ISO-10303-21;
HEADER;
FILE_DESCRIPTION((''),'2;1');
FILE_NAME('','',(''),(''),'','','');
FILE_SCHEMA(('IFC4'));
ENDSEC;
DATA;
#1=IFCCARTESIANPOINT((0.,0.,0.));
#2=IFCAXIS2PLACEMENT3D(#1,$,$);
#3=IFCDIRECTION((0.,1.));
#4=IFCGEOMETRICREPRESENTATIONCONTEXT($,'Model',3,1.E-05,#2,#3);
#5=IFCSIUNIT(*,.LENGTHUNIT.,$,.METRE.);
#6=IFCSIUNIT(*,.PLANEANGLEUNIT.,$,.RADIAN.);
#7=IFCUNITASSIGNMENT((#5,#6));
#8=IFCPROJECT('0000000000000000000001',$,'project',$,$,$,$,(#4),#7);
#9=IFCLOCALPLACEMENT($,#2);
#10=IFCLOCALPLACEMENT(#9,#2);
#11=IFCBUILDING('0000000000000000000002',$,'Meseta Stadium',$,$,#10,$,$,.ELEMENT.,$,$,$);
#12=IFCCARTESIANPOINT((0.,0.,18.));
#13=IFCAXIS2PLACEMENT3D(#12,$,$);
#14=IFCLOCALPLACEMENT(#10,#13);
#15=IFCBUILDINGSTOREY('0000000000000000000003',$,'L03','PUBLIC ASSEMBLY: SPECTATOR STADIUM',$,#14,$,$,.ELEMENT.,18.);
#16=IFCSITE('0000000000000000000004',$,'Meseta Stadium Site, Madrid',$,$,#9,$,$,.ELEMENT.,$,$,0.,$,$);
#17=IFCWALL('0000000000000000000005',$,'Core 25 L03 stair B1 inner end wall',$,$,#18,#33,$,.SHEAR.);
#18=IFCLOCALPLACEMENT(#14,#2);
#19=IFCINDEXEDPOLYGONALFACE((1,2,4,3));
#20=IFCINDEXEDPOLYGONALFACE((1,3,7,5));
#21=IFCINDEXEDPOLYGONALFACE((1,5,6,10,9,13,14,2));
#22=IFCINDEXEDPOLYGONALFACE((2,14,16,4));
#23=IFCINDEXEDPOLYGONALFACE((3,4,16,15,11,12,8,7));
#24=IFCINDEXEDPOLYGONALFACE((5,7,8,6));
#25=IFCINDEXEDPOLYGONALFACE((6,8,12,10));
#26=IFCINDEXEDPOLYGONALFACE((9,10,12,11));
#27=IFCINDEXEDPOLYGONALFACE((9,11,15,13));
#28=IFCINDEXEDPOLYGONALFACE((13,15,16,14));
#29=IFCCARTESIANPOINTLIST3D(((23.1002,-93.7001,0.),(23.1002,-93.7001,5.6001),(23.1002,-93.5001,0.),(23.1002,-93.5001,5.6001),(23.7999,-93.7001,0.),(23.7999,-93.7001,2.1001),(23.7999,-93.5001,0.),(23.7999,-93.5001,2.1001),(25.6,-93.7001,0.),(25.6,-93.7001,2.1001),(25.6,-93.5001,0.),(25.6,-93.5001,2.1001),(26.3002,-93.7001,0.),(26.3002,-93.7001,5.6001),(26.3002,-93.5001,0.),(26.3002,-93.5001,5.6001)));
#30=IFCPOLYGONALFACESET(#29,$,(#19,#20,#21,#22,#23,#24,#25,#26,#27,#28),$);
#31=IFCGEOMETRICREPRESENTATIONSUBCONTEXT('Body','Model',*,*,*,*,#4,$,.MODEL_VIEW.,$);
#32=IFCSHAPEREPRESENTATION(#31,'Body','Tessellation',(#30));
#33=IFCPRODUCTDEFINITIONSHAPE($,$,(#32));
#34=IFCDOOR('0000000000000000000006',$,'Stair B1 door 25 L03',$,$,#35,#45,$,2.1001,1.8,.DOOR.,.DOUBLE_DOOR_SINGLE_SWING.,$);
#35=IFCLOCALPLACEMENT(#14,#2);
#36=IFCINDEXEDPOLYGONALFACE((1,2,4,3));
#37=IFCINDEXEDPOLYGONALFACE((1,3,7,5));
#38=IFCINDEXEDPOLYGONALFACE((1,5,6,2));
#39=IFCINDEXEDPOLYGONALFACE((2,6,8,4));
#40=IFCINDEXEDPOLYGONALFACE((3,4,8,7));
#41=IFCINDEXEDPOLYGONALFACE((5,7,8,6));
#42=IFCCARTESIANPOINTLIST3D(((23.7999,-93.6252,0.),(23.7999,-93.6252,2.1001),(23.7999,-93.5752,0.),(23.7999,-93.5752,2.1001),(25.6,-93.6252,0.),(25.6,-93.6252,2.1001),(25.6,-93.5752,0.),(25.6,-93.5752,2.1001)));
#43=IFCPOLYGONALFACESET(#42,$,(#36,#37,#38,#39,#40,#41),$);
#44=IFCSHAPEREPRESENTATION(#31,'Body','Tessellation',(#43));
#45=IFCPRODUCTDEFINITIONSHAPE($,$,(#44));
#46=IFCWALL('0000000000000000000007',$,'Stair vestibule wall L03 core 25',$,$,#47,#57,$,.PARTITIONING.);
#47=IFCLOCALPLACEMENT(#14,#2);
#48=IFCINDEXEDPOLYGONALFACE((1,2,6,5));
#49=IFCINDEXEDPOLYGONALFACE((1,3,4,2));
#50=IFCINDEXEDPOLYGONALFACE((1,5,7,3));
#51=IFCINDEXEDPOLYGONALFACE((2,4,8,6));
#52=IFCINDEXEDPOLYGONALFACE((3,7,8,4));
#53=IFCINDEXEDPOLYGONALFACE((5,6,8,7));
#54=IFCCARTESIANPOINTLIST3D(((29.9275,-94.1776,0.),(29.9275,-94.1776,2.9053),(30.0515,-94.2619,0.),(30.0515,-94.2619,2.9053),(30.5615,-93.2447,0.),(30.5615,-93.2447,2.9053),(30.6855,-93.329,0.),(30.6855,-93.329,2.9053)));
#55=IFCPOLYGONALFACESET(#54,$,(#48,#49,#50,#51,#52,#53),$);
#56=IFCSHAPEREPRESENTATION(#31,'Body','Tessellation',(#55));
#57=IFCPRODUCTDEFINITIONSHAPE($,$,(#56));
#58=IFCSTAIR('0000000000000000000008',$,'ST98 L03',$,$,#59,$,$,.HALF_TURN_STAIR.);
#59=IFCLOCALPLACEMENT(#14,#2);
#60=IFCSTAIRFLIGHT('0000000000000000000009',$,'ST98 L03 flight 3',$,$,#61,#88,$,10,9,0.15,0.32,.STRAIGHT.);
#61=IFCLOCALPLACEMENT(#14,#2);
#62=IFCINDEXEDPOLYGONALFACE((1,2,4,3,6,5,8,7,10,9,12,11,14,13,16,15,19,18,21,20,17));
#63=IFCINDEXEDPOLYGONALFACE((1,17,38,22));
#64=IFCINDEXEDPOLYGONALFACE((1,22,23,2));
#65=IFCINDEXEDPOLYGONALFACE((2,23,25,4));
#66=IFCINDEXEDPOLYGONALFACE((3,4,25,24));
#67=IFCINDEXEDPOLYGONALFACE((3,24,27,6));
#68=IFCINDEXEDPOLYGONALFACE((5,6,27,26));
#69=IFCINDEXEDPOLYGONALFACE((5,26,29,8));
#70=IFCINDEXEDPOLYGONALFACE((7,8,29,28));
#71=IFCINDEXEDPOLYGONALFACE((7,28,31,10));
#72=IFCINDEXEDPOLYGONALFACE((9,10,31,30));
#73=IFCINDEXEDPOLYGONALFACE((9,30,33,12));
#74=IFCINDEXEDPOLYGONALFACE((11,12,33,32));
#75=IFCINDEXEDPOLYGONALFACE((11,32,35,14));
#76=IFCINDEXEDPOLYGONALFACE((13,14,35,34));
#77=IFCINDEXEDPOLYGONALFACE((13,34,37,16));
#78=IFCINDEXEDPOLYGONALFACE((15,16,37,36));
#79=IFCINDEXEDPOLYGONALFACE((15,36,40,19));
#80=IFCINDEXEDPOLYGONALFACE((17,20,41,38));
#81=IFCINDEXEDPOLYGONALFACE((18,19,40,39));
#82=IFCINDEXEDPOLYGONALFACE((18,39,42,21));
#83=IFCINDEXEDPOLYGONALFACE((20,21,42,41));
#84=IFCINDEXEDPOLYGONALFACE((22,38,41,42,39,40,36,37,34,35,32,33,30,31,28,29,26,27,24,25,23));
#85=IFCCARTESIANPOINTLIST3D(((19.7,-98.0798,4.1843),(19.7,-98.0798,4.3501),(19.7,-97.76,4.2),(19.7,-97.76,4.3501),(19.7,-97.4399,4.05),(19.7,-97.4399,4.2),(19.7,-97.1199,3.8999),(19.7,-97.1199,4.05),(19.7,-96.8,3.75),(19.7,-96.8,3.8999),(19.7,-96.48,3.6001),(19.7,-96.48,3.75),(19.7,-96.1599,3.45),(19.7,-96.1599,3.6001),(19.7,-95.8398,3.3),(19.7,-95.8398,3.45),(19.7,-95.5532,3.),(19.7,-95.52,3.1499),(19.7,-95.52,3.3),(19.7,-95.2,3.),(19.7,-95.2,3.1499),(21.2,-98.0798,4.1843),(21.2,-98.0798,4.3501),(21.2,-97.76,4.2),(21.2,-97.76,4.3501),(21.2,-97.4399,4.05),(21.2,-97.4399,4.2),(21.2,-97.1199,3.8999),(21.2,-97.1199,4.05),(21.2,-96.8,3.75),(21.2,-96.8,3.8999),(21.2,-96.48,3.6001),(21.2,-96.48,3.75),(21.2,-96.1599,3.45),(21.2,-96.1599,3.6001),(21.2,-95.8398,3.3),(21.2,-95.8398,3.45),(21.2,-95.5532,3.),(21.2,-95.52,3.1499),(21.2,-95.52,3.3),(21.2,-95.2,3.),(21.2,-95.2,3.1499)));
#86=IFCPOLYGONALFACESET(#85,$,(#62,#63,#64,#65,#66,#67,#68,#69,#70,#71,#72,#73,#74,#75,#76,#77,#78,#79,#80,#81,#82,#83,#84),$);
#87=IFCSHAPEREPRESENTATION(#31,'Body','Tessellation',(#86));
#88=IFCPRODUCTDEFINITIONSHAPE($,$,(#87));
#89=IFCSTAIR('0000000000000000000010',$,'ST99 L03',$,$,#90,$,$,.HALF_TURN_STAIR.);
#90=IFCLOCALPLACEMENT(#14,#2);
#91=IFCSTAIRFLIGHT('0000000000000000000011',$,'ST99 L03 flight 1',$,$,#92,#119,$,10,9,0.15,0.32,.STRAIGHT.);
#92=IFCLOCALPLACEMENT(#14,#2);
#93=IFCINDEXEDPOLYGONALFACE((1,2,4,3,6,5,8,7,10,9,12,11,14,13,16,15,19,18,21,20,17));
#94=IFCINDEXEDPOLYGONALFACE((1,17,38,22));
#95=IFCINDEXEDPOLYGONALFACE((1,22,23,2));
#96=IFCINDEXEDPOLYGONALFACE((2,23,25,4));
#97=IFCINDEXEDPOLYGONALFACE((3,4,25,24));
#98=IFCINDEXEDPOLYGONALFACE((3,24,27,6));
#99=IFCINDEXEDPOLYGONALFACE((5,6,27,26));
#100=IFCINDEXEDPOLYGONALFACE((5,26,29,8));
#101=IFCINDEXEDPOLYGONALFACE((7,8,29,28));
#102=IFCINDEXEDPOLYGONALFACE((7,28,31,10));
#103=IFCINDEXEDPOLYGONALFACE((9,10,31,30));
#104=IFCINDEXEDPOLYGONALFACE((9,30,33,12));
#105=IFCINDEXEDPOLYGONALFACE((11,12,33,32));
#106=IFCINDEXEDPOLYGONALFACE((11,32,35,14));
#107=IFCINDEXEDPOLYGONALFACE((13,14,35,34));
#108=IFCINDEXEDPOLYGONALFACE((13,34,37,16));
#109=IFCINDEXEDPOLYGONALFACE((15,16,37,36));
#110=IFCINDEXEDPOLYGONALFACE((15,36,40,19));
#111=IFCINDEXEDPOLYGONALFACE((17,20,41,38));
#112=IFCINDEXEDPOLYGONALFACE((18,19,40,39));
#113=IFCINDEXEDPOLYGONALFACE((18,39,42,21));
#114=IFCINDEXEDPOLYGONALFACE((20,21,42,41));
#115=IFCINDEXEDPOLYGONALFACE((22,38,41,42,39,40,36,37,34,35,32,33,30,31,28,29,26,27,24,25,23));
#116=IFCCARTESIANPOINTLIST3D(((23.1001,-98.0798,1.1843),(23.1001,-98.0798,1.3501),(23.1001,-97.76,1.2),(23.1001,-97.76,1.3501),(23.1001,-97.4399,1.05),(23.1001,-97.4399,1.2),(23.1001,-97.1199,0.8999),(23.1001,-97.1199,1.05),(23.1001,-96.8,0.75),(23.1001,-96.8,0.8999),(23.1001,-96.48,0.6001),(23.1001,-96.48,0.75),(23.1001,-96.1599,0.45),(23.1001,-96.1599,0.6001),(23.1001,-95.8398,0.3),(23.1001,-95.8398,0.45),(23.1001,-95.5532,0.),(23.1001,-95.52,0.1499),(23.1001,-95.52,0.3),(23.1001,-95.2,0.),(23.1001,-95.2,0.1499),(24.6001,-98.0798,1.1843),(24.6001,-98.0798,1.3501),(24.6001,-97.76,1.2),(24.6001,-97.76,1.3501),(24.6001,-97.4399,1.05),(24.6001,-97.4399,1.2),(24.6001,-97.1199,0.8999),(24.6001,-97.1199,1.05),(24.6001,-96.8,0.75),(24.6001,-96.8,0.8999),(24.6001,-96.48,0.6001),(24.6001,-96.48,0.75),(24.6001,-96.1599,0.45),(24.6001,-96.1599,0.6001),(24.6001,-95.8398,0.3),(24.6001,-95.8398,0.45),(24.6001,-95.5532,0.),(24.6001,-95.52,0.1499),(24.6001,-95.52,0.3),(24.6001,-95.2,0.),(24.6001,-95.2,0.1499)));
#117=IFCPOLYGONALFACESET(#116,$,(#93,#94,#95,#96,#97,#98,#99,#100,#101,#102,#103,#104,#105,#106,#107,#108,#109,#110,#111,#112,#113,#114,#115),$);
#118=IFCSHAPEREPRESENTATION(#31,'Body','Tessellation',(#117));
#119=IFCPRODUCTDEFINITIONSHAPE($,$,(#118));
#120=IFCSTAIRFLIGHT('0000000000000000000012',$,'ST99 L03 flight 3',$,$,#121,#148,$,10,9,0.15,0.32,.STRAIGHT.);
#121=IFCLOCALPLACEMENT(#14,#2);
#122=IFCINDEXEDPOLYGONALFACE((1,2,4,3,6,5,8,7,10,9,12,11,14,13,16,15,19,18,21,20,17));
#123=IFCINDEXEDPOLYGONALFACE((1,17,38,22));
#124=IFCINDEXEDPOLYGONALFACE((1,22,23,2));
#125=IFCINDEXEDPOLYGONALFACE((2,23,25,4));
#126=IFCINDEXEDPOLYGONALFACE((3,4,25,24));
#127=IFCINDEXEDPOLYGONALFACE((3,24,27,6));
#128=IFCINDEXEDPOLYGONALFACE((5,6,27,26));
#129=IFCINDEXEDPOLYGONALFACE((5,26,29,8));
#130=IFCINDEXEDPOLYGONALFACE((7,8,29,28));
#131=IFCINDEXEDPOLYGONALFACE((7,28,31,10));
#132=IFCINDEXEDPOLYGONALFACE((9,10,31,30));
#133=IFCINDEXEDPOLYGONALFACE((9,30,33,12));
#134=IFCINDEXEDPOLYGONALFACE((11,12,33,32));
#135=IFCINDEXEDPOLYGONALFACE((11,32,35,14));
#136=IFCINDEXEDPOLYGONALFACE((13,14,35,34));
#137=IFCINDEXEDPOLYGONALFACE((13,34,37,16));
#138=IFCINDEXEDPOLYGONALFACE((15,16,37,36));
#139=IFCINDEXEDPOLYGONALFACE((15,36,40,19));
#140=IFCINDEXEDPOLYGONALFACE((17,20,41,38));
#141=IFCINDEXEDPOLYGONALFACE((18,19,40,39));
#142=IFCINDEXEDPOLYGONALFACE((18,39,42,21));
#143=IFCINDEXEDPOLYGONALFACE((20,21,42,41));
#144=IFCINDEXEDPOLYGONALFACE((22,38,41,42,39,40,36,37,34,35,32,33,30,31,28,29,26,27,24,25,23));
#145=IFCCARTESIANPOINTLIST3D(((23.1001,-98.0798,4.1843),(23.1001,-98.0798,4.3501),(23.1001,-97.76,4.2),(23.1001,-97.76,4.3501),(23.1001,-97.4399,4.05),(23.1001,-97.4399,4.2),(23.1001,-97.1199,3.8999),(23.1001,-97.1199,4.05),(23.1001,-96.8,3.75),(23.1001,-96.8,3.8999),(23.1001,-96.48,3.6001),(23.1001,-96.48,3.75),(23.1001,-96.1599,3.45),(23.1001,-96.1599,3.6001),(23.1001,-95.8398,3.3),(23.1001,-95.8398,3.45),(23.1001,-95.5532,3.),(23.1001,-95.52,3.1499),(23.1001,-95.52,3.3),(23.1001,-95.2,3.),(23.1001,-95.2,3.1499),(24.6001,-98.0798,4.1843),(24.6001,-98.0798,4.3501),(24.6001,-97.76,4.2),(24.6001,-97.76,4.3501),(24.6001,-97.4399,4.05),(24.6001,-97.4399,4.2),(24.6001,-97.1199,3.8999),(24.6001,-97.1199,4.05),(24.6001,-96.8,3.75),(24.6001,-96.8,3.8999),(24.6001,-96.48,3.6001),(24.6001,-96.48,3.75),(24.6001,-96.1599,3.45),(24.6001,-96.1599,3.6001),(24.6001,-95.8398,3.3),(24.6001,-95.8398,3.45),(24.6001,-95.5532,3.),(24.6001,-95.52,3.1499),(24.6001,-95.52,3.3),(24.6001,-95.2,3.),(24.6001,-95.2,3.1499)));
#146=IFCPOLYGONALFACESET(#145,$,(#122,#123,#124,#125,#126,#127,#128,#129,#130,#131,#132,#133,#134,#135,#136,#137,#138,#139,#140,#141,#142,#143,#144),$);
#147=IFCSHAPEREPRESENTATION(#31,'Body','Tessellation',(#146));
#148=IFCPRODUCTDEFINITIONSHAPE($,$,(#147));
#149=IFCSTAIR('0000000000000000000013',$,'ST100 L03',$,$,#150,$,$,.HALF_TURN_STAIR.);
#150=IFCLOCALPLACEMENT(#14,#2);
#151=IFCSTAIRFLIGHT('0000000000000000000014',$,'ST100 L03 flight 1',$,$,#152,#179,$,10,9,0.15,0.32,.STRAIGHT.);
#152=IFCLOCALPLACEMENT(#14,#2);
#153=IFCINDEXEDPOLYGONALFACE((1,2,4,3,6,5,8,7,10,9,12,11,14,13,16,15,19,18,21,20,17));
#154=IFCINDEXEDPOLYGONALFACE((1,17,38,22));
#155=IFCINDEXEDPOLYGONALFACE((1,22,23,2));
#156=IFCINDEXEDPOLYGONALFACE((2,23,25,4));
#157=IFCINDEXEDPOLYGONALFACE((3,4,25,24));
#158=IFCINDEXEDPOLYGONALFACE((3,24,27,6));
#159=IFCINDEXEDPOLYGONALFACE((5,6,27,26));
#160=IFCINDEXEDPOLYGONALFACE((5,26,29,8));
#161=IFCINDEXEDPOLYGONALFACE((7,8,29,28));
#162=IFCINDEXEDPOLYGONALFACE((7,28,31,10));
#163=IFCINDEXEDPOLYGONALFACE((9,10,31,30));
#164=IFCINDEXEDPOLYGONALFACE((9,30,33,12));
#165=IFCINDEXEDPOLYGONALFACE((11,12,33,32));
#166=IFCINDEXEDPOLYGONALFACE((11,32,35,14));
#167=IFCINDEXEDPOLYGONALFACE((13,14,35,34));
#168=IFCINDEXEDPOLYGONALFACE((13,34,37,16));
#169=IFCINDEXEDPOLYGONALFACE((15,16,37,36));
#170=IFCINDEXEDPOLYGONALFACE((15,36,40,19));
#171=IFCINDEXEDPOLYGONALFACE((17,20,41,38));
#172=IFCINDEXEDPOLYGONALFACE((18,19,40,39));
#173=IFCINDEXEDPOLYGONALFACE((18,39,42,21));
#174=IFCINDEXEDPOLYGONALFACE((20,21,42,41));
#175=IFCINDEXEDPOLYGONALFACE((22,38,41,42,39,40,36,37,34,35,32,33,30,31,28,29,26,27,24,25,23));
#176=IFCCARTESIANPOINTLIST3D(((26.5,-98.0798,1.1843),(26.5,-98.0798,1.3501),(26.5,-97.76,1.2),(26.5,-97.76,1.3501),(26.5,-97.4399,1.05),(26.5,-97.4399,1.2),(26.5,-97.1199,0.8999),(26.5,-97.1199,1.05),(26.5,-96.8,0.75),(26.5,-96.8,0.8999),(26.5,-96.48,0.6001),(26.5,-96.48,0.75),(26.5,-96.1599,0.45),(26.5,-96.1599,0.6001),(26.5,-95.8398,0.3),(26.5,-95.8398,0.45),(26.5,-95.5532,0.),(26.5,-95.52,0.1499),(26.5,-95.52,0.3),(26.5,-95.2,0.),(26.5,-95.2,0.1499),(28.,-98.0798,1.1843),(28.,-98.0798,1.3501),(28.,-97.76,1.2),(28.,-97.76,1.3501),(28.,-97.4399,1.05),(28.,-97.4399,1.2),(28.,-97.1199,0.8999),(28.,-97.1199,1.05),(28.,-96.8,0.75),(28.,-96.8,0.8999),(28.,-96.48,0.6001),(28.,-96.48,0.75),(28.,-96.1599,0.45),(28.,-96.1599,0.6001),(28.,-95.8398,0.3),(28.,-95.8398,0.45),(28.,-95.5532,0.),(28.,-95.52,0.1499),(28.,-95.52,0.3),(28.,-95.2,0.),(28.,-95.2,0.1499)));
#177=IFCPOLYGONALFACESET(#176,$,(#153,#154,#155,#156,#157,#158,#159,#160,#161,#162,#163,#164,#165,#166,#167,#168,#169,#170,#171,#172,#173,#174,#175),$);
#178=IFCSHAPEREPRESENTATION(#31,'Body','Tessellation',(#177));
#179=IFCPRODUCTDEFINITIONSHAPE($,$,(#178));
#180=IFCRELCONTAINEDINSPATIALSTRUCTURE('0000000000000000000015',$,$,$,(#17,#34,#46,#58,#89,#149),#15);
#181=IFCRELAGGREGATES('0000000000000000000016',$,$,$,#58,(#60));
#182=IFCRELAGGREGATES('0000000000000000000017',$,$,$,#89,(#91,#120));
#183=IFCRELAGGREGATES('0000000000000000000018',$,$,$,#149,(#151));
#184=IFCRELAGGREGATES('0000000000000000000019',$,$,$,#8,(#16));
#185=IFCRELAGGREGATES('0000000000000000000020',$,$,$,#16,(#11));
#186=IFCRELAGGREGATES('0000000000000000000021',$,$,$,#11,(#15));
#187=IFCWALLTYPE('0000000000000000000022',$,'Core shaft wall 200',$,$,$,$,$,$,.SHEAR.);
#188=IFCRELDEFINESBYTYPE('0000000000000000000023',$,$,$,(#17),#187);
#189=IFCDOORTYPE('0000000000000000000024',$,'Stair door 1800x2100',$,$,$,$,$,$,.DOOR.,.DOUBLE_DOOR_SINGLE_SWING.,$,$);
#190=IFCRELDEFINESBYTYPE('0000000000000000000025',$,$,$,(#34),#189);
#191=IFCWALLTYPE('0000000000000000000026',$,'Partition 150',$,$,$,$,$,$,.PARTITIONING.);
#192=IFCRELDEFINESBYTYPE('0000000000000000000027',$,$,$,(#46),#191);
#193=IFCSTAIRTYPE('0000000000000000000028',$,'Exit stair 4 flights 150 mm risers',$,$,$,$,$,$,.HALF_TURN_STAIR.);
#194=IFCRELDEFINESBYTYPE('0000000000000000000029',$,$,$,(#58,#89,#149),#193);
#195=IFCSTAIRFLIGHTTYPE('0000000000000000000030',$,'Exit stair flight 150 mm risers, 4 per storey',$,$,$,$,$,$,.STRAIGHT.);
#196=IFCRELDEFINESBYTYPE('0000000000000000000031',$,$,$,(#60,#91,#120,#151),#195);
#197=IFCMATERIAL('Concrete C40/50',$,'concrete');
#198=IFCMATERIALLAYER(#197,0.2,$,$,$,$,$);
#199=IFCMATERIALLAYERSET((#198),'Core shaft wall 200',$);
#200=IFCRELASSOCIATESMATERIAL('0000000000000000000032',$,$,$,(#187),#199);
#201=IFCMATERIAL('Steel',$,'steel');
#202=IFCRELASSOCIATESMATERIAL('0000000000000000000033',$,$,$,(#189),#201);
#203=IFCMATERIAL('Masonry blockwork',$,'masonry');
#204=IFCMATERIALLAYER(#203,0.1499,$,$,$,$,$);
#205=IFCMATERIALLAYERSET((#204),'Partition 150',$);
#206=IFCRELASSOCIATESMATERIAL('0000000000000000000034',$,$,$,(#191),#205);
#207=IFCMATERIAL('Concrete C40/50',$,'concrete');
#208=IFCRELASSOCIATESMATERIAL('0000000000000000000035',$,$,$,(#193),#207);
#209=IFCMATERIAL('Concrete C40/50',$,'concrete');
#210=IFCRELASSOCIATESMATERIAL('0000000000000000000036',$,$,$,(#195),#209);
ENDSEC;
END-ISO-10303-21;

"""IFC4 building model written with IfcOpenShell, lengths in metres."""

from ifc_helpers import new_model, si_unit, direction, frame, frame_2d, origin, place, context, subcontext, project, spatial, polyline, rectangle, outline, extrude, material, layer, layer_set, type_object, element, fill, aggregate, save


model = new_model("IFC4")

# Units and contexts
model_context = context("Model", 3, precision=1e-05, world=origin(), true_north=direction((0.0, 1.0)))
body_context = subcontext(model_context, "Body", "Model", "MODEL_VIEW")
ifc_project = project(units=[si_unit("LENGTHUNIT", "METRE"), si_unit("PLANEANGLEUNIT", "RADIAN")], contexts=[model_context])

# Site, building, storey
site_placement = place(None, origin())
site = spatial("IfcSite", under=ifc_project, at=site_placement, Name="Meseta Stadium Site, Madrid", CompositionType="ELEMENT", RefElevation=0.0)
building_placement = place(site_placement, origin())
building = spatial("IfcBuilding", under=site, at=building_placement, Name="Meseta Stadium", CompositionType="ELEMENT")
storey_placement = place(building_placement, frame((0.0, 0.0, 18.0)))
storey = spatial("IfcBuildingStorey", under=building, at=storey_placement, Name="L03", Description="PUBLIC ASSEMBLY: SPECTATOR STADIUM", CompositionType="ELEMENT", Elevation=18.0)

# Wall, opening, door
ifc_material_1 = material(Name="Concrete C40/50", Category="concrete")
ifc_layer_1 = layer(ifc_material_1, 0.2)
ifc_layer_set_1 = layer_set([ifc_layer_1], Name="Core shaft wall 200")
wall_type_1 = type_object("IfcWallType", Name="Core shaft wall 200", PredefinedType="SHEAR", material=ifc_layer_set_1)
wall_1_placement = place(storey_placement, frame((23.1001, -93.6001, 0.0), z_axis=(0.0, 0.0, 1.0), x_axis=(1.0, 0.0, 0.0)))
wall_1 = element("IfcWall", 1, at=wall_1_placement, inside=storey, type_object=wall_type_1, Name="Core 25 L03 stair B1 inner end wall", PredefinedType="SHEAR", context=body_context, shape_type="SweptSolid", body=[
    extrude(rectangle(XDim=3.2, YDim=0.2, at=frame_2d((1.6001, 0.0))), origin(), (0.0, 0.0, 1.0), 5.6001),
])
opening_placement = place(wall_1_placement, frame((0.7, 0.0, 0.0)))
opening = element("IfcOpeningElement", 2, at=opening_placement, cuts=wall_1, PredefinedType="OPENING", context=body_context, shape_type="SweptSolid", body=[
    extrude(rectangle(XDim=1.8, YDim=2.1001, at=frame_2d((0.8999, 1.05))), frame((0.0, 0.1099, 0.0), z_axis=(0.0, -1.0, 0.0), x_axis=(1.0, 0.0, 0.0)), (0.0, 0.0, 1.0), 0.22),
])
ifc_material_2 = material(Name="Steel", Category="steel")
door_type = type_object("IfcDoorType", Name="Stair door 1800x2100", OperationType="DOUBLE_DOOR_SINGLE_SWING", PredefinedType="DOOR", material=ifc_material_2)
door_placement = place(opening_placement, origin())
door = element("IfcDoor", 3, at=door_placement, inside=storey, type_object=door_type, Name="Stair B1 door 25 L03", OperationType="DOUBLE_DOOR_SINGLE_SWING", OverallHeight=2.1001, OverallWidth=1.8, PredefinedType="DOOR", context=body_context, shape_type="SweptSolid", body=[
    extrude(rectangle(XDim=1.8, YDim=2.1001, at=frame_2d((0.8999, 1.05))), frame((0.0, 0.0249, 0.0), z_axis=(0.0, -1.0, 0.0), x_axis=(1.0, 0.0, 0.0)), (0.0, 0.0, 1.0), 0.05),
])
fill(opening, door)

# Wall
ifc_material_3 = material(Name="Masonry blockwork", Category="masonry")
ifc_layer_2 = layer(ifc_material_3, 0.1499)
ifc_layer_set_2 = layer_set([ifc_layer_2], Name="Partition 150")
wall_type_2 = type_object("IfcWallType", Name="Partition 150", PredefinedType="PARTITIONING", material=ifc_layer_set_2)
wall_2_placement = place(storey_placement, frame((29.9895, -94.2197, 0.0), z_axis=(0.0, 0.0, 1.0), x_axis=(0.562121, 0.827055, 0.0)))
element("IfcWall", 4, at=wall_2_placement, inside=storey, type_object=wall_type_2, Name="Stair vestibule wall L03 core 25", PredefinedType="PARTITIONING", context=body_context, shape_type="SweptSolid", body=[
    extrude(rectangle(XDim=1.1279, YDim=0.1499, at=frame_2d((0.564, 0.0))), origin(), (0.0, 0.0, 1.0), 2.9053),
])

# Stair, stair flight
ifc_material_4 = material(Name="Concrete C40/50", Category="concrete")
stair_type = type_object("IfcStairType", Name="Exit stair 4 flights 150 mm risers", PredefinedType="HALF_TURN_STAIR", material=ifc_material_4)
stair_1_placement = place(storey_placement, origin())
stair_1 = element("IfcStair", 5, at=stair_1_placement, inside=storey, type_object=stair_type, Name="ST98 L03", PredefinedType="HALF_TURN_STAIR")
ifc_material_5 = material(Name="Concrete C40/50", Category="concrete")
stair_flight_type = type_object("IfcStairFlightType", Name="Exit stair flight 150 mm risers, 4 per storey", PredefinedType="STRAIGHT", material=ifc_material_5)
stair_flight_1_placement = place(storey_placement, frame((20.45, -95.2, 3.0), z_axis=(0.0, 0.0, 1.0), x_axis=(0.0, -1.0, 0.0)))
stair_flight_1 = element("IfcStairFlight", 6, at=stair_flight_1_placement, type_object=stair_flight_type, Name="ST98 L03 flight 3", NumberOfRisers=10, NumberOfTreads=9, PredefinedType="STRAIGHT", RiserHeight=0.15, TreadLength=0.32, context=body_context, shape_type="SweptSolid", body=[
    extrude(outline(polyline([(0.0, 0.0), (0.0, 0.1499), (0.3201, 0.1499), (0.3201, 0.3), (0.6399, 0.3), (0.6399, 0.45), (0.96, 0.45), (0.96, 0.6001), (1.28, 0.6001), (1.28, 0.75), (1.6001, 0.75), (1.6001, 0.8999), (1.9199, 0.8999), (1.9199, 1.05), (2.24, 1.05), (2.24, 1.2), (2.5601, 1.2), (2.5601, 1.3501), (2.8799, 1.3501), (2.8799, 1.1843), (0.3533, 0.0), (0.0, 0.0)])), frame((0.0, 0.75, 0.0), z_axis=(0.0, -1.0, 0.0), x_axis=(1.0, 0.0, 0.0)), (0.0, 0.0, 1.0), 1.5),
])
aggregate(stair_1, [stair_flight_1])

# Stairs, stair flights
stair_2_placement = place(storey_placement, origin())
stair_2 = element("IfcStair", 7, at=stair_2_placement, inside=storey, type_object=stair_type, Name="ST99 L03", PredefinedType="HALF_TURN_STAIR")
stair_flight_2_placement = place(storey_placement, frame((23.8501, -95.2, 0.0), z_axis=(0.0, 0.0, 1.0), x_axis=(0.0, -1.0, 0.0)))
stair_flight_2 = element("IfcStairFlight", 8, at=stair_flight_2_placement, type_object=stair_flight_type, Name="ST99 L03 flight 1", NumberOfRisers=10, NumberOfTreads=9, PredefinedType="STRAIGHT", RiserHeight=0.15, TreadLength=0.32, context=body_context, shape_type="SweptSolid", body=[
    extrude(outline(polyline([(0.0, 0.0), (0.0, 0.1499), (0.3201, 0.1499), (0.3201, 0.3), (0.6399, 0.3), (0.6399, 0.45), (0.96, 0.45), (0.96, 0.6001), (1.28, 0.6001), (1.28, 0.75), (1.6001, 0.75), (1.6001, 0.8999), (1.9199, 0.8999), (1.9199, 1.05), (2.24, 1.05), (2.24, 1.2), (2.5601, 1.2), (2.5601, 1.3501), (2.8799, 1.3501), (2.8799, 1.1843), (0.3533, 0.0), (0.0, 0.0)])), frame((0.0, 0.75, 0.0), z_axis=(0.0, -1.0, 0.0), x_axis=(1.0, 0.0, 0.0)), (0.0, 0.0, 1.0), 1.5),
])
stair_flight_3_placement = place(storey_placement, frame((23.8501, -95.2, 3.0), z_axis=(0.0, 0.0, 1.0), x_axis=(0.0, -1.0, 0.0)))
stair_flight_3 = element("IfcStairFlight", 9, at=stair_flight_3_placement, type_object=stair_flight_type, Name="ST99 L03 flight 3", NumberOfRisers=10, NumberOfTreads=9, PredefinedType="STRAIGHT", RiserHeight=0.15, TreadLength=0.32, context=body_context, shape_type="SweptSolid", body=[
    extrude(outline(polyline([(0.0, 0.0), (0.0, 0.1499), (0.3201, 0.1499), (0.3201, 0.3), (0.6399, 0.3), (0.6399, 0.45), (0.96, 0.45), (0.96, 0.6001), (1.28, 0.6001), (1.28, 0.75), (1.6001, 0.75), (1.6001, 0.8999), (1.9199, 0.8999), (1.9199, 1.05), (2.24, 1.05), (2.24, 1.2), (2.5601, 1.2), (2.5601, 1.3501), (2.8799, 1.3501), (2.8799, 1.1843), (0.3533, 0.0), (0.0, 0.0)])), frame((0.0, 0.75, 0.0), z_axis=(0.0, -1.0, 0.0), x_axis=(1.0, 0.0, 0.0)), (0.0, 0.0, 1.0), 1.5),
])
aggregate(stair_2, [stair_flight_2, stair_flight_3])
stair_3_placement = place(storey_placement, origin())
stair_3 = element("IfcStair", 10, at=stair_3_placement, inside=storey, type_object=stair_type, Name="ST100 L03", PredefinedType="HALF_TURN_STAIR")
stair_flight_4_placement = place(storey_placement, frame((27.25, -95.2, 0.0), z_axis=(0.0, 0.0, 1.0), x_axis=(0.0, -1.0, 0.0)))
stair_flight_4 = element("IfcStairFlight", 11, at=stair_flight_4_placement, type_object=stair_flight_type, Name="ST100 L03 flight 1", NumberOfRisers=10, NumberOfTreads=9, PredefinedType="STRAIGHT", RiserHeight=0.15, TreadLength=0.32, context=body_context, shape_type="SweptSolid", body=[
    extrude(outline(polyline([(0.0, 0.0), (0.0, 0.1499), (0.3201, 0.1499), (0.3201, 0.3), (0.6399, 0.3), (0.6399, 0.45), (0.96, 0.45), (0.96, 0.6001), (1.28, 0.6001), (1.28, 0.75), (1.6001, 0.75), (1.6001, 0.8999), (1.9199, 0.8999), (1.9199, 1.05), (2.24, 1.05), (2.24, 1.2), (2.5601, 1.2), (2.5601, 1.3501), (2.8799, 1.3501), (2.8799, 1.1843), (0.3533, 0.0), (0.0, 0.0)])), frame((0.0, 0.75, 0.0), z_axis=(0.0, -1.0, 0.0), x_axis=(1.0, 0.0, 0.0)), (0.0, 0.0, 1.0), 1.5),
])
aggregate(stair_3, [stair_flight_4])

save(model, "model.ifc")
